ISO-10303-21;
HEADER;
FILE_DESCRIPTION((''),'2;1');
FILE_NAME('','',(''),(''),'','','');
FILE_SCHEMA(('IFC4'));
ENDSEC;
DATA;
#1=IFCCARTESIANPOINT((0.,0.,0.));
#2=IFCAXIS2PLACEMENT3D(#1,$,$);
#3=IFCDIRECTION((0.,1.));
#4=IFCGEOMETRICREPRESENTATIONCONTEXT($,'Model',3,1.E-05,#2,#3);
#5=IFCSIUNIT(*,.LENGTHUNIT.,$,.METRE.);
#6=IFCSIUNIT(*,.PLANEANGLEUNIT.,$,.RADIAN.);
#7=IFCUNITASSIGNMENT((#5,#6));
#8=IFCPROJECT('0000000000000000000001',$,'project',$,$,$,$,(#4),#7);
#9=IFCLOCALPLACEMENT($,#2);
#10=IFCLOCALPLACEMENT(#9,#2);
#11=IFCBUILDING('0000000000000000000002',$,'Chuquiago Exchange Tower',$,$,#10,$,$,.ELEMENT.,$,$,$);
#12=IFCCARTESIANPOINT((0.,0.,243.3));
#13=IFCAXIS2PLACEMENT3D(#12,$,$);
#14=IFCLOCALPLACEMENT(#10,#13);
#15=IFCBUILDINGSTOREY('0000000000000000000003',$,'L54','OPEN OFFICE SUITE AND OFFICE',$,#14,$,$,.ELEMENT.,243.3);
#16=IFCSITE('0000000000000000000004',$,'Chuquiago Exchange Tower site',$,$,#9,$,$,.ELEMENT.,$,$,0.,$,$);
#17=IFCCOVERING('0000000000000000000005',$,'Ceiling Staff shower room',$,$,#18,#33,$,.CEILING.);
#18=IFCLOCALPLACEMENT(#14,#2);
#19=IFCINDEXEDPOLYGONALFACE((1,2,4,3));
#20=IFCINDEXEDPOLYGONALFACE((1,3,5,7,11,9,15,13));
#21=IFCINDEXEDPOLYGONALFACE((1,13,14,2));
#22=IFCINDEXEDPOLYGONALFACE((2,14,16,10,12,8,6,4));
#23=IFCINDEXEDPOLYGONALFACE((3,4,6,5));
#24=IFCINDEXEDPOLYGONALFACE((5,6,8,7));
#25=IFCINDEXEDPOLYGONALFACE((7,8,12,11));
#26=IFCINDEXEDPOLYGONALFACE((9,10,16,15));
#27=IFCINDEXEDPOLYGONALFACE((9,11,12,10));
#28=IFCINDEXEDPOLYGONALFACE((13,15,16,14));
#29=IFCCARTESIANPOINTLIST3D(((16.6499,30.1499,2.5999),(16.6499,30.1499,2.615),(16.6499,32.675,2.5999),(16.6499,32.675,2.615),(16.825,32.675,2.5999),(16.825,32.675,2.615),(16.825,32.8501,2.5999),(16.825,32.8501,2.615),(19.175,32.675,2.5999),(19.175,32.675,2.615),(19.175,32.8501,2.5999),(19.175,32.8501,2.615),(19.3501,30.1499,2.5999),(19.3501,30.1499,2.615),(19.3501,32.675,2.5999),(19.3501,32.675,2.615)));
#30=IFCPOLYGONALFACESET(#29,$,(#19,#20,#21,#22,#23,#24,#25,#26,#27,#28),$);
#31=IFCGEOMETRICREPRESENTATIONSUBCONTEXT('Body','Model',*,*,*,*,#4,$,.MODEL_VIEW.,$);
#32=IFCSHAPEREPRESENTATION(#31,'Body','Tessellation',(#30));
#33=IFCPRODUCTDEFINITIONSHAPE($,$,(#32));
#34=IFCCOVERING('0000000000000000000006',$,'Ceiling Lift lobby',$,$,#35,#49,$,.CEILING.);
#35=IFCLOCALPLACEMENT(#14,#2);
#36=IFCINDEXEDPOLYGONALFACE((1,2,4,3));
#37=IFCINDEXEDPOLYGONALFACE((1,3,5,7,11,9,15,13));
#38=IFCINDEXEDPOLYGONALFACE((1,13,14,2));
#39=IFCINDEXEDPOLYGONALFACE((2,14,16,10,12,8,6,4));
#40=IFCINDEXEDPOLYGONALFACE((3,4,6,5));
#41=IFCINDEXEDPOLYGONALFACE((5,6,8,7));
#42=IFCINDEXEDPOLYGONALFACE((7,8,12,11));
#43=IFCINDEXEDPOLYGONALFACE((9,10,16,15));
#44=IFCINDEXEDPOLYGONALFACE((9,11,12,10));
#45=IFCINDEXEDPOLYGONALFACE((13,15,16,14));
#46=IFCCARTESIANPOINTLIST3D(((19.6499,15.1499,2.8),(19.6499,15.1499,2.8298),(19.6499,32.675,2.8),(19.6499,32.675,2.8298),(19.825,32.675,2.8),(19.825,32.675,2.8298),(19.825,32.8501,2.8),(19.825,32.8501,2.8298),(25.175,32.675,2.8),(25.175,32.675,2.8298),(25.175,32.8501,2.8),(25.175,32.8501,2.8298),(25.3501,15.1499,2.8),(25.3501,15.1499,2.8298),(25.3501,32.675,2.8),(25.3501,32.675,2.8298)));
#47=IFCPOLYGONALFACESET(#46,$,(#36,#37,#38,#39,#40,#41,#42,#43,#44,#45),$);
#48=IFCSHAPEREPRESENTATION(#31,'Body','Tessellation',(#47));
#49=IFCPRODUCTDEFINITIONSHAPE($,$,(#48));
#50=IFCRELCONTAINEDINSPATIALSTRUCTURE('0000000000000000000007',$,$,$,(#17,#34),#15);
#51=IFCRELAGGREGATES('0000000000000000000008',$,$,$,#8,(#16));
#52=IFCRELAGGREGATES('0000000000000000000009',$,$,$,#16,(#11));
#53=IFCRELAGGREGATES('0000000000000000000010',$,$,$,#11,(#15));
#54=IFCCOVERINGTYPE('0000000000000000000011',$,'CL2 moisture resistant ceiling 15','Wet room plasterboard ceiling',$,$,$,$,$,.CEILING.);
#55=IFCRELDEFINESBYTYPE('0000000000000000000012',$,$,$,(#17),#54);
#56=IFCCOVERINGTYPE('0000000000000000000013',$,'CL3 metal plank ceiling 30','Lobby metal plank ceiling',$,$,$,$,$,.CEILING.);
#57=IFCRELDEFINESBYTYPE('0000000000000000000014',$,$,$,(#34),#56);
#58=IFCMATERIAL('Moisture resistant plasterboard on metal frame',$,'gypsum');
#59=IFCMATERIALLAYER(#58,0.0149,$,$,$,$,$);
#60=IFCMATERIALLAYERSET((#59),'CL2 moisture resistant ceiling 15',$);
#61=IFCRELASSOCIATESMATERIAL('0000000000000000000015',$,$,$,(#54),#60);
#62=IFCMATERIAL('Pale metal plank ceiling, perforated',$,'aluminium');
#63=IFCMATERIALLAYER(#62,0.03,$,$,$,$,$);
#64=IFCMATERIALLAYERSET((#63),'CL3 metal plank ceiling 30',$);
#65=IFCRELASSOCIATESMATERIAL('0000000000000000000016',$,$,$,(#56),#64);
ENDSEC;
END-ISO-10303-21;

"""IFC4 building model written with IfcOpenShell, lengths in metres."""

from ifc_helpers import new_model, si_unit, direction, frame, origin, place, context, subcontext, project, spatial, polyline, outline, extrude, material, layer, layer_set, type_object, element, save


model = new_model("IFC4")

# Units and contexts
model_context = context("Model", 3, precision=1e-05, world=origin(), true_north=direction((0.0, 1.0)))
body_context = subcontext(model_context, "Body", "Model", "MODEL_VIEW")
ifc_project = project(units=[si_unit("LENGTHUNIT", "METRE"), si_unit("PLANEANGLEUNIT", "RADIAN")], contexts=[model_context])

# Site, building, storey
site_placement = place(None, origin())
site = spatial("IfcSite", under=ifc_project, at=site_placement, Name="Chuquiago Exchange Tower site", CompositionType="ELEMENT", RefElevation=0.0)
building_placement = place(site_placement, origin())
building = spatial("IfcBuilding", under=site, at=building_placement, Name="Chuquiago Exchange Tower", CompositionType="ELEMENT")
storey_placement = place(building_placement, frame((0.0, 0.0, 243.3)))
storey = spatial("IfcBuildingStorey", under=building, at=storey_placement, Name="L54", Description="OPEN OFFICE SUITE AND OFFICE", CompositionType="ELEMENT", Elevation=243.3)

# Coverings
ifc_material_1 = material(Name="Moisture resistant plasterboard on metal frame", Category="gypsum")
ifc_layer_1 = layer(ifc_material_1, 0.0149)
ifc_layer_set_1 = layer_set([ifc_layer_1], Name="CL2 moisture resistant ceiling 15")
covering_type_1 = type_object("IfcCoveringType", Name="CL2 moisture resistant ceiling 15", Description="Wet room plasterboard ceiling", PredefinedType="CEILING", material=ifc_layer_set_1)
covering_1_placement = place(storey_placement, frame((0.0, 0.0, 2.5999)))
element("IfcCovering", 1, at=covering_1_placement, inside=storey, type_object=covering_type_1, Name="Ceiling Staff shower room", PredefinedType="CEILING", context=body_context, shape_type="SweptSolid", body=[
    extrude(outline(polyline([(16.6499, 30.1499), (16.6499, 32.675), (16.825, 32.675), (16.825, 32.8501), (19.175, 32.8501), (19.175, 32.675), (19.3501, 32.675), (19.3501, 30.1499), (16.6499, 30.1499)])), origin(), (0.0, 0.0, 1.0), 0.0151),
])
ifc_material_2 = material(Name="Pale metal plank ceiling, perforated", Category="aluminium")
ifc_layer_2 = layer(ifc_material_2, 0.03)
ifc_layer_set_2 = layer_set([ifc_layer_2], Name="CL3 metal plank ceiling 30")
covering_type_2 = type_object("IfcCoveringType", Name="CL3 metal plank ceiling 30", Description="Lobby metal plank ceiling", PredefinedType="CEILING", material=ifc_layer_set_2)
covering_2_placement = place(storey_placement, frame((0.0, 0.0, 2.8)))
element("IfcCovering", 2, at=covering_2_placement, inside=storey, type_object=covering_type_2, Name="Ceiling Lift lobby", PredefinedType="CEILING", context=body_context, shape_type="SweptSolid", body=[
    extrude(outline(polyline([(19.6499, 15.1499), (19.6499, 32.675), (19.825, 32.675), (19.825, 32.8501), (25.175, 32.8501), (25.175, 32.675), (25.3501, 32.675), (25.3501, 15.1499), (19.6499, 15.1499)])), origin(), (0.0, 0.0, 1.0), 0.0298),
])

save(model, "model.ifc")
